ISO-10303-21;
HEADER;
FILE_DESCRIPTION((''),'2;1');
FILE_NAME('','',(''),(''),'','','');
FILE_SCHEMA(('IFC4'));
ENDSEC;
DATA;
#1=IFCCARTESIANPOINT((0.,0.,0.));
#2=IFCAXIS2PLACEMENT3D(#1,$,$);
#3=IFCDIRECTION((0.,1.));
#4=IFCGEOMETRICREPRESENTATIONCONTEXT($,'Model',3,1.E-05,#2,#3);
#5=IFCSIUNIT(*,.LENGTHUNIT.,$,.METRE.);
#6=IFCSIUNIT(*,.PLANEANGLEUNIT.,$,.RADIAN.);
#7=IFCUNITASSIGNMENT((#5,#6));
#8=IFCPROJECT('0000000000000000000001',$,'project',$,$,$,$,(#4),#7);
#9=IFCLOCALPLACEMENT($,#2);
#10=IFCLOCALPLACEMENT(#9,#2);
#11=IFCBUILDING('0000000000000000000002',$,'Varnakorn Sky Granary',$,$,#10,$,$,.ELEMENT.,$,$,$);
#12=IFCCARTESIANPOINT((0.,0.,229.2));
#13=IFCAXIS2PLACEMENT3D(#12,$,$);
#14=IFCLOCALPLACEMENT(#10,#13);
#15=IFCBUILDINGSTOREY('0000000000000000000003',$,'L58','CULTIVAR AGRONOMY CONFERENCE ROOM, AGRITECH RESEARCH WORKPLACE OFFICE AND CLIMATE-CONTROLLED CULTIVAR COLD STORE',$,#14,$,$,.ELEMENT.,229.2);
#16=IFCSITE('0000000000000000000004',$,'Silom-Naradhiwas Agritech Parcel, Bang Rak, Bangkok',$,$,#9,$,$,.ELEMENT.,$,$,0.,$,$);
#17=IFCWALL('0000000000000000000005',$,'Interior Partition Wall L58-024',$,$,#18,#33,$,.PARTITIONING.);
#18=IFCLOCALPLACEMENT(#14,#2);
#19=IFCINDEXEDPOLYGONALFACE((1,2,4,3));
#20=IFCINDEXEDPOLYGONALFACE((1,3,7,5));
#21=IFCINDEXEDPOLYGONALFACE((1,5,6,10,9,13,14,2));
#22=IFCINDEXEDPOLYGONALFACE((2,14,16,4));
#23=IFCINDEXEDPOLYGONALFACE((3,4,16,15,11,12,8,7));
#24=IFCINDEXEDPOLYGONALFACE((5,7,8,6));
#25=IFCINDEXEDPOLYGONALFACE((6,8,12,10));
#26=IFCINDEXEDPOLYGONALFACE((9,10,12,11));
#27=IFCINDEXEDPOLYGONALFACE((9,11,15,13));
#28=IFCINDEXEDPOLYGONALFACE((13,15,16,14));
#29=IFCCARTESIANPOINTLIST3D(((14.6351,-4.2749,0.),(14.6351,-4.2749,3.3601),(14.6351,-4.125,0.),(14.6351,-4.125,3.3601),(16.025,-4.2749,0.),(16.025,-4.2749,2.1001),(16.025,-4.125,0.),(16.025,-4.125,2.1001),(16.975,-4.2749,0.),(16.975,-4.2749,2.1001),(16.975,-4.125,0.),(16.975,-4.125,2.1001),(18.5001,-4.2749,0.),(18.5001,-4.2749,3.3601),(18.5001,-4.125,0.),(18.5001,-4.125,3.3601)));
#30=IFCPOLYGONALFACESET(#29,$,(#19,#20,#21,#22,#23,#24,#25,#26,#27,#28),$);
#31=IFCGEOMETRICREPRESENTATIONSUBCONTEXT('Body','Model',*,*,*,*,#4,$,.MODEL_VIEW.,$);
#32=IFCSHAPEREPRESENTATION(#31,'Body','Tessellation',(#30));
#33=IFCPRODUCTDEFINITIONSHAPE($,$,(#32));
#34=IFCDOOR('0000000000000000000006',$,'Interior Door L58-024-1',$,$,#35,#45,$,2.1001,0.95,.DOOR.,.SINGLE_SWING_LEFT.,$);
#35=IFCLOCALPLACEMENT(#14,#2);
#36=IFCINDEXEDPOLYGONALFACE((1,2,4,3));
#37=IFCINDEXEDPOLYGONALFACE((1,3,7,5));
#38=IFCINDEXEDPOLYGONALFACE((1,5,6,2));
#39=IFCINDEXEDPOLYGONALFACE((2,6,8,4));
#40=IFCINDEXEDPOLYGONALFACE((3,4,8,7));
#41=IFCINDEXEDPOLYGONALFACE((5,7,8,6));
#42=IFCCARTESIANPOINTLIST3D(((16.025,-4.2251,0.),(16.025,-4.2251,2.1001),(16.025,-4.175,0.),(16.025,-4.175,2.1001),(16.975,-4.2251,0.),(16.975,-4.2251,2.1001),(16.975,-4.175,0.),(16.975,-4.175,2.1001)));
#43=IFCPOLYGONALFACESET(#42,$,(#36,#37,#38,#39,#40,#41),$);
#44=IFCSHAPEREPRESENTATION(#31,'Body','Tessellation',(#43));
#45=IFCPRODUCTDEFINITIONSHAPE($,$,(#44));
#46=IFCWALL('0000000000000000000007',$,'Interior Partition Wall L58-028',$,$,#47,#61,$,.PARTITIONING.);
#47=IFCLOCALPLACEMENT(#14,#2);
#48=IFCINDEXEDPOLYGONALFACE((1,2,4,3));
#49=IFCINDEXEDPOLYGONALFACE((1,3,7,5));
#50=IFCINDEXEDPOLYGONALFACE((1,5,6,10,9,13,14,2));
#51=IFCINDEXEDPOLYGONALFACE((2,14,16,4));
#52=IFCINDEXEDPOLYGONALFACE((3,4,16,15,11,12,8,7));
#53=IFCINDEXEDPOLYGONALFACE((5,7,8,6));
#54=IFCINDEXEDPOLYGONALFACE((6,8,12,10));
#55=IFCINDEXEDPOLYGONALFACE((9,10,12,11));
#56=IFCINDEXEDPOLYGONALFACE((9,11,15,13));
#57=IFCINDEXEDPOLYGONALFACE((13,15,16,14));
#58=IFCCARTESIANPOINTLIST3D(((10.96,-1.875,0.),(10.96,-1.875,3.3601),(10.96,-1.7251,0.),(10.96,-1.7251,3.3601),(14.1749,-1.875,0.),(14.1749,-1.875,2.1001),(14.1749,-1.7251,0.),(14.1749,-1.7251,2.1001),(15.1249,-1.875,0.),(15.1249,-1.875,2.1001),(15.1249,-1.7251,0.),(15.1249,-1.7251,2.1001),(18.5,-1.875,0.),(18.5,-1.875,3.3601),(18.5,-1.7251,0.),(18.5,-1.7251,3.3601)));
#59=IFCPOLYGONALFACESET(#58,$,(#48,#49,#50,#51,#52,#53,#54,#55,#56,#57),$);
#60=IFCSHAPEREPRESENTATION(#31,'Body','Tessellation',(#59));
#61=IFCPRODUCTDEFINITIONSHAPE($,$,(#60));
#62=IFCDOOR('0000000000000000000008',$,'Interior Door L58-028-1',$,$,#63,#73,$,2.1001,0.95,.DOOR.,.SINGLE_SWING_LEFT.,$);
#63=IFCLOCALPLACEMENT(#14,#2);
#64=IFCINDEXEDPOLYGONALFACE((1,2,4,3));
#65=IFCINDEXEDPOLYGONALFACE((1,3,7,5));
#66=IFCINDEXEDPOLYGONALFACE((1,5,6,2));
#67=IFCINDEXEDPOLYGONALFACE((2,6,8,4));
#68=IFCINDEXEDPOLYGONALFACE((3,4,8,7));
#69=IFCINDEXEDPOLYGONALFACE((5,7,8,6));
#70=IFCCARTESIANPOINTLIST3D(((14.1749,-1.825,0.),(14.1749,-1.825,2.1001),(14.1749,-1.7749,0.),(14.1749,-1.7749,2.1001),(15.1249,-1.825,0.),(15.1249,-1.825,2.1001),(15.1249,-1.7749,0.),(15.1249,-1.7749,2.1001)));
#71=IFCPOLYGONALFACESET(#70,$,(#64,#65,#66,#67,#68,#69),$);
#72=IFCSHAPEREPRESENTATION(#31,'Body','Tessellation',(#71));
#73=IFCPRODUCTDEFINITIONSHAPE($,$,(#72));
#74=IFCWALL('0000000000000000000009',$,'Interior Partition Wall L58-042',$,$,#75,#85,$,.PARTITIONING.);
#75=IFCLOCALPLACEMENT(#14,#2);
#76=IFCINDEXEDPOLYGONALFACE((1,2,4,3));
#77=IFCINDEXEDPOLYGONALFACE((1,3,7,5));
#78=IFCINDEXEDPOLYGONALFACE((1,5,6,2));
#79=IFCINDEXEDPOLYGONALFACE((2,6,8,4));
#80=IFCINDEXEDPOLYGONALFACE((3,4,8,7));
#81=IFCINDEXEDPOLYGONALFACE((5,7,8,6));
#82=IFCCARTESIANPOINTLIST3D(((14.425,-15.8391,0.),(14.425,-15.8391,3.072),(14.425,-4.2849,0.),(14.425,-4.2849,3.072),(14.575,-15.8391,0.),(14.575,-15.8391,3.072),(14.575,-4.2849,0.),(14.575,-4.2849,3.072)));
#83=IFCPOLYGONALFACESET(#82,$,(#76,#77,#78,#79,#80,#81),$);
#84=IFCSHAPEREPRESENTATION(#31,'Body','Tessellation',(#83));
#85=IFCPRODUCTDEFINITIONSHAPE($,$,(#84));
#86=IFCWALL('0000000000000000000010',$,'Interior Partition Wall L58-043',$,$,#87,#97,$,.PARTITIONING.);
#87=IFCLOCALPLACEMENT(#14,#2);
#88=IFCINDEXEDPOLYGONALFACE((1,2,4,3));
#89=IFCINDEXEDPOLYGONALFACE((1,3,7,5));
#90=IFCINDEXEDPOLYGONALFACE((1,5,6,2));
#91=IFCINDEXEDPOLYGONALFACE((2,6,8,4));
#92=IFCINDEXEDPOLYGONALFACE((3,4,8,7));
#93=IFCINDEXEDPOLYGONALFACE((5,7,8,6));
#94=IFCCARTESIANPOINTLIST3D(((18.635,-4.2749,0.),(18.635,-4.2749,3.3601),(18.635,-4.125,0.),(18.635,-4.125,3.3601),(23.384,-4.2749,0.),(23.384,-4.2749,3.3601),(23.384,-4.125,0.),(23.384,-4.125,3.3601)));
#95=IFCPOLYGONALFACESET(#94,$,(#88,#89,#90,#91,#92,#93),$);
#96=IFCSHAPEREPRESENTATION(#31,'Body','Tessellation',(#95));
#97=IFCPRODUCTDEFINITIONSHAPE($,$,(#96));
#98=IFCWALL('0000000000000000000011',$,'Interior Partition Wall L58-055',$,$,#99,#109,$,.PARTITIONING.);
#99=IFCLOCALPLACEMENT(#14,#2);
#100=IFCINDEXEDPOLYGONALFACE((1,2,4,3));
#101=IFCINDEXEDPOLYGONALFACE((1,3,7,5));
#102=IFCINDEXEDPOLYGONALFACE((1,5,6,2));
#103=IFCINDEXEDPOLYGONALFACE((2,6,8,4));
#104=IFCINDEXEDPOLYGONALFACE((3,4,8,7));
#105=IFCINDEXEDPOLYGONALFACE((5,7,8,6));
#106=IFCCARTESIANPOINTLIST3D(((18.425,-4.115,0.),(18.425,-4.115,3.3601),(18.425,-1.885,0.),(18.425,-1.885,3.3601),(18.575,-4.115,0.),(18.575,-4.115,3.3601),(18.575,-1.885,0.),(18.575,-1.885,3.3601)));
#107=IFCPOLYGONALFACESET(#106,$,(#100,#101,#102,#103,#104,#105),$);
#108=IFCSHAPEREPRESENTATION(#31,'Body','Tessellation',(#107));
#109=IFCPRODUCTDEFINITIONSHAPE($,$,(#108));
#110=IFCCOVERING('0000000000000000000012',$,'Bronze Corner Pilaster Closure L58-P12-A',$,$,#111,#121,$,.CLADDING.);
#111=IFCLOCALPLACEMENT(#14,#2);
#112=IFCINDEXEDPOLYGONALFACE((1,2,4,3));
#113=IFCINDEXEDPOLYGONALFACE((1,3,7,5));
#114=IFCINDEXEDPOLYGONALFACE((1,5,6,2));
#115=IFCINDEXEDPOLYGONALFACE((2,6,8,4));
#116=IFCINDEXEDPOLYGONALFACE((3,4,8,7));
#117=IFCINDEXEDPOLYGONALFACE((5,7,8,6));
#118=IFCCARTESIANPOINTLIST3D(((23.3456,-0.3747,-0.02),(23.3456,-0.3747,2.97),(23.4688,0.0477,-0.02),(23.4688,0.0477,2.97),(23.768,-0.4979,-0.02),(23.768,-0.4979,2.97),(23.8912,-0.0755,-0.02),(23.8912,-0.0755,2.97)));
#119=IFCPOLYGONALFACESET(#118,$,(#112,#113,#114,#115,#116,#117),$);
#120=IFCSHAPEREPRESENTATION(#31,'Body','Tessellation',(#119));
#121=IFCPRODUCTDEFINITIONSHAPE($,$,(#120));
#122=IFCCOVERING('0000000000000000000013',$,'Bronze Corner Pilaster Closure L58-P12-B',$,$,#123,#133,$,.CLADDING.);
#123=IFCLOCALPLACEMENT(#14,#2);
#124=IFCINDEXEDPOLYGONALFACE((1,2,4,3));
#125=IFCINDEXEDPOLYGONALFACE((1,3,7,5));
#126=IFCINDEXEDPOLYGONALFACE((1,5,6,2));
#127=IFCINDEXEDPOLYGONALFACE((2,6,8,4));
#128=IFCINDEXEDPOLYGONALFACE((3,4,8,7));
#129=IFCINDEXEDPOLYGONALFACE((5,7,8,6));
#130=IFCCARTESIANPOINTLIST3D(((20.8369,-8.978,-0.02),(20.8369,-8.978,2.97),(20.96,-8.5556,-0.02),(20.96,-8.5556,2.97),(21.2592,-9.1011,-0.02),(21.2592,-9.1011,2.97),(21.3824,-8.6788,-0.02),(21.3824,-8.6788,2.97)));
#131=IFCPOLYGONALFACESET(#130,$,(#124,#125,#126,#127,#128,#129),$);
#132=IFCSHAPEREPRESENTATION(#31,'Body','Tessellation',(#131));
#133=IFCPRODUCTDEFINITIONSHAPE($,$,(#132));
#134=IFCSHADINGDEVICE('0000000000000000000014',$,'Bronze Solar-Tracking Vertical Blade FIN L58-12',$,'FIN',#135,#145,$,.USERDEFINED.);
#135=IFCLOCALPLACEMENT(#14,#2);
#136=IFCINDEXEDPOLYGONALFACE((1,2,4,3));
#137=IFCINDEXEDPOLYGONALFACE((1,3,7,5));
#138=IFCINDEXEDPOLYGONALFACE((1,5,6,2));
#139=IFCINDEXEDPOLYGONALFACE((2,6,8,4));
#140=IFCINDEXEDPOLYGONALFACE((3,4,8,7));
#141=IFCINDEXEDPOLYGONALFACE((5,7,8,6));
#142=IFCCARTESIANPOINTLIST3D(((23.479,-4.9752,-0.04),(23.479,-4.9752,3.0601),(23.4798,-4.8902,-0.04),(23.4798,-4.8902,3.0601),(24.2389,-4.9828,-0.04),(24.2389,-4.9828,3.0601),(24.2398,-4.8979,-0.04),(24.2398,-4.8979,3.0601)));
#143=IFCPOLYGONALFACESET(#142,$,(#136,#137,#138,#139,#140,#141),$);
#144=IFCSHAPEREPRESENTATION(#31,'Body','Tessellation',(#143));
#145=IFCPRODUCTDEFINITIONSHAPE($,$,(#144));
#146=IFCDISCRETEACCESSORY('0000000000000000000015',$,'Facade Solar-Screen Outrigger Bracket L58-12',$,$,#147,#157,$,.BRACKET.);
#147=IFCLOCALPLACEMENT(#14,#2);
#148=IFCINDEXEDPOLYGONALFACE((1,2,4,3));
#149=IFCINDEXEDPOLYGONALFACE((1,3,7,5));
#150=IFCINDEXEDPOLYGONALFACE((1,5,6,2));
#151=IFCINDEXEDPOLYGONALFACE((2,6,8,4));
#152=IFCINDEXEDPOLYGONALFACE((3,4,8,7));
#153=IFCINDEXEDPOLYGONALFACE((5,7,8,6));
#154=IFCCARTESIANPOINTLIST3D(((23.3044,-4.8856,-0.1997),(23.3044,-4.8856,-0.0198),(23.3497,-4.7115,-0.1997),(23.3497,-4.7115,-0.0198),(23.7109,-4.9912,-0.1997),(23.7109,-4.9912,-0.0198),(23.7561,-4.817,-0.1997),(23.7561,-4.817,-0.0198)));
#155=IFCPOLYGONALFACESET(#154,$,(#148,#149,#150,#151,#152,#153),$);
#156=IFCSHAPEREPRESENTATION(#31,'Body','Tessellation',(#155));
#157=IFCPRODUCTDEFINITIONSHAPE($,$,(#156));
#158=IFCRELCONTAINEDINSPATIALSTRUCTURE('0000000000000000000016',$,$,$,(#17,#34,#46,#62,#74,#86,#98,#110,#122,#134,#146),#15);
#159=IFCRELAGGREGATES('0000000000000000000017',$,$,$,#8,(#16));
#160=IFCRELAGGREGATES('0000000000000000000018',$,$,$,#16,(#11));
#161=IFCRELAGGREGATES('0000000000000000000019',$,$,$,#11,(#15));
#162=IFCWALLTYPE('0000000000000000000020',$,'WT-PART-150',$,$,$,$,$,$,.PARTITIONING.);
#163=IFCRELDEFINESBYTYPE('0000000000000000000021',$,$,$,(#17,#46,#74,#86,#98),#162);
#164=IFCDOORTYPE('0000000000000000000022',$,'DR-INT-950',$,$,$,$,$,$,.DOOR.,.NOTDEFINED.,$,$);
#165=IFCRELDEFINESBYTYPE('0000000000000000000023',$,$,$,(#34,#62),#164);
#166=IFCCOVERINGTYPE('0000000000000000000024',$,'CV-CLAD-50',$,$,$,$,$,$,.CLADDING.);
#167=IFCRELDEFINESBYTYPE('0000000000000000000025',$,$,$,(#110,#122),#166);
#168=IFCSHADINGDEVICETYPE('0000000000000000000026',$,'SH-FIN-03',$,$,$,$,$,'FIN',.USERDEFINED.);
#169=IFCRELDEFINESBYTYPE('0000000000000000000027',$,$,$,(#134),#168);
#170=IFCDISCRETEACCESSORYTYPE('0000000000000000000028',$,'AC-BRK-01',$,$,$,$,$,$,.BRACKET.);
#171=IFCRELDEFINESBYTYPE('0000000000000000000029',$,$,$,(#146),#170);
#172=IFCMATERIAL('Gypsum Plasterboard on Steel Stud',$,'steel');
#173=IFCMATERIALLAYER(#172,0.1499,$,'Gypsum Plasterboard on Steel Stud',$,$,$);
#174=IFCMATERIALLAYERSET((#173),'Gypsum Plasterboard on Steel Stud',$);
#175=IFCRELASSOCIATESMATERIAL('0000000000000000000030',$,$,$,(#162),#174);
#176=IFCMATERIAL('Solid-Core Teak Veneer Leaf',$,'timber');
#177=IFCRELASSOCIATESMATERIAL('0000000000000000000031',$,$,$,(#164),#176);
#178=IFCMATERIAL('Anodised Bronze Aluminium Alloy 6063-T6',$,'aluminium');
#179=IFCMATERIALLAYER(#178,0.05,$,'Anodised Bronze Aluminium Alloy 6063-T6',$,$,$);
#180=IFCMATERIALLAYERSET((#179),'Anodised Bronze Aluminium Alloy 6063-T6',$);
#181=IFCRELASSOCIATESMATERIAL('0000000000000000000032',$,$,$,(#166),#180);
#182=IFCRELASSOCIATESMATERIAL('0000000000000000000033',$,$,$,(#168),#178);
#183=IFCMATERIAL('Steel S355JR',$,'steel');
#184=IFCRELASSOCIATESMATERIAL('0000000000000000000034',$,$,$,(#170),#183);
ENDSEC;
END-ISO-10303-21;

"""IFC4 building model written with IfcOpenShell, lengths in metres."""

from ifc_helpers import new_model, si_unit, direction, frame, frame_2d, origin, origin_2d, place, context, subcontext, project, spatial, rectangle, extrude, source, transform, mapped, material, layer, layer_set, type_object, type_shapes, element, fill, save


model = new_model("IFC4")

# Units and contexts
model_context = context("Model", 3, precision=1e-05, world=origin(), true_north=direction((0.0, 1.0)))
body_context = subcontext(model_context, "Body", "Model", "MODEL_VIEW")
ifc_project = project(units=[si_unit("LENGTHUNIT", "METRE"), si_unit("PLANEANGLEUNIT", "RADIAN")], contexts=[model_context])

# Site, building, storey
site_placement = place(None, origin())
site = spatial("IfcSite", under=ifc_project, at=site_placement, Name="Silom-Naradhiwas Agritech Parcel, Bang Rak, Bangkok", CompositionType="ELEMENT", RefElevation=0.0)
building_placement = place(site_placement, origin())
building = spatial("IfcBuilding", under=site, at=building_placement, Name="Varnakorn Sky Granary", CompositionType="ELEMENT")
storey_placement = place(building_placement, frame((0.0, 0.0, 229.2)))
storey = spatial("IfcBuildingStorey", under=building, at=storey_placement, Name="L58", Description="CULTIVAR AGRONOMY CONFERENCE ROOM, AGRITECH RESEARCH WORKPLACE OFFICE AND CLIMATE-CONTROLLED CULTIVAR COLD STORE", CompositionType="ELEMENT", Elevation=229.2)

# Shared definitions
ifc_material_1 = material(Name="Steel S355JR", Category="steel")

# Shared definitions
ifc_material_2 = material(Name="Anodised Bronze Aluminium Alloy 6063-T6", Category="aluminium")

# Walls, openings, doors
ifc_material_3 = material(Name="Gypsum Plasterboard on Steel Stud", Category="steel")
ifc_layer_1 = layer(ifc_material_3, 0.1499, Name="Gypsum Plasterboard on Steel Stud")
ifc_layer_set_1 = layer_set([ifc_layer_1], Name="Gypsum Plasterboard on Steel Stud")
wall_type_1 = type_object("IfcWallType", Name="WT-PART-150", PredefinedType="PARTITIONING", material=ifc_layer_set_1)
wall_1_placement = place(storey_placement, frame((14.635, -4.2, 0.0), z_axis=(0.0, 0.0, 1.0), x_axis=(1.0, 0.0, 0.0)))
wall_1 = element("IfcWall", 1, at=wall_1_placement, inside=storey, type_object=wall_type_1, Name="Interior Partition Wall L58-024", PredefinedType="PARTITIONING", context=body_context, shape_type="SweptSolid", body=[
    extrude(rectangle(XDim=3.865, YDim=0.1499, at=frame_2d((1.9326, 0.0))), origin(), (0.0, 0.0, 1.0), 3.3601),
])
opening_1_placement = place(wall_1_placement, frame((1.3899, 0.0, 0.0)))
opening_1 = element("IfcOpeningElement", 2, at=opening_1_placement, cuts=wall_1, PredefinedType="OPENING", context=body_context, shape_type="SweptSolid", body=[
    extrude(rectangle(XDim=0.95, YDim=2.1001, at=frame_2d((0.4751, 1.05))), frame((0.0, 0.085, 0.0), z_axis=(0.0, -1.0, 0.0), x_axis=(1.0, 0.0, 0.0)), (0.0, 0.0, 1.0), 0.1699),
])
ifc_material_4 = material(Name="Solid-Core Teak Veneer Leaf", Category="timber")
door_type = type_object("IfcDoorType", Name="DR-INT-950", OperationType="NOTDEFINED", PredefinedType="DOOR", material=ifc_material_4)
door_1_placement = place(opening_1_placement, origin())
door_1 = element("IfcDoor", 3, at=door_1_placement, inside=storey, type_object=door_type, Name="Interior Door L58-024-1", OperationType="SINGLE_SWING_LEFT", OverallHeight=2.1001, OverallWidth=0.95, PredefinedType="DOOR", context=body_context, shape_type="SweptSolid", body=[
    extrude(rectangle(XDim=0.95, YDim=2.1001, at=frame_2d((0.4751, 1.05))), frame((0.0, 0.0249, 0.0), z_axis=(0.0, -1.0, 0.0), x_axis=(1.0, 0.0, 0.0)), (0.0, 0.0, 1.0), 0.05),
])
fill(opening_1, door_1)
wall_2_placement = place(storey_placement, frame((18.5, -1.8, 0.0), z_axis=(0.0, 0.0, 1.0), x_axis=(-1.0, 0.0, 0.0)))
wall_2 = element("IfcWall", 4, at=wall_2_placement, inside=storey, type_object=wall_type_1, Name="Interior Partition Wall L58-028", PredefinedType="PARTITIONING", context=body_context, shape_type="SweptSolid", body=[
    extrude(rectangle(XDim=7.54, YDim=0.1499, at=frame_2d((3.77, 0.0))), origin(), (0.0, 0.0, 1.0), 3.3601),
])
opening_2_placement = place(wall_2_placement, frame((3.375, 0.0, 0.0)))
opening_2 = element("IfcOpeningElement", 5, at=opening_2_placement, cuts=wall_2, PredefinedType="OPENING", context=body_context, shape_type="SweptSolid", body=[
    extrude(rectangle(XDim=0.95, YDim=2.1001, at=frame_2d((0.4751, 1.05))), frame((0.0, 0.085, 0.0), z_axis=(0.0, -1.0, 0.0), x_axis=(1.0, 0.0, 0.0)), (0.0, 0.0, 1.0), 0.1699),
])
door_2_placement = place(opening_2_placement, origin())
door_2 = element("IfcDoor", 6, at=door_2_placement, inside=storey, type_object=door_type, Name="Interior Door L58-028-1", OperationType="SINGLE_SWING_LEFT", OverallHeight=2.1001, OverallWidth=0.95, PredefinedType="DOOR", context=body_context, shape_type="SweptSolid", body=[
    extrude(rectangle(XDim=0.95, YDim=2.1001, at=frame_2d((0.4751, 1.05))), frame((0.0, 0.0249, 0.0), z_axis=(0.0, -1.0, 0.0), x_axis=(1.0, 0.0, 0.0)), (0.0, 0.0, 1.0), 0.05),
])
fill(opening_2, door_2)

# Walls
wall_3_placement = place(storey_placement, frame((14.5, -4.2849, 0.0), z_axis=(0.0, 0.0, 1.0), x_axis=(0.0, -1.0, 0.0)))
element("IfcWall", 7, at=wall_3_placement, inside=storey, type_object=wall_type_1, Name="Interior Partition Wall L58-042", PredefinedType="PARTITIONING", context=body_context, shape_type="SweptSolid", body=[
    extrude(rectangle(XDim=11.5542, YDim=0.1499, at=frame_2d((5.7771, 0.0))), origin(), (0.0, 0.0, 1.0), 3.072),
])
wall_4_placement = place(storey_placement, frame((18.635, -4.2, 0.0), z_axis=(0.0, 0.0, 1.0), x_axis=(1.0, 0.0, 0.0)))
element("IfcWall", 8, at=wall_4_placement, inside=storey, type_object=wall_type_1, Name="Interior Partition Wall L58-043", PredefinedType="PARTITIONING", context=body_context, shape_type="SweptSolid", body=[
    extrude(rectangle(XDim=4.749, YDim=0.1499, at=frame_2d((2.3745, 0.0))), origin(), (0.0, 0.0, 1.0), 3.3601),
])
wall_5_placement = place(storey_placement, frame((18.5, -4.115, 0.0), z_axis=(0.0, 0.0, 1.0), x_axis=(0.0, 1.0, 0.0)))
element("IfcWall", 9, at=wall_5_placement, inside=storey, type_object=wall_type_1, Name="Interior Partition Wall L58-055", PredefinedType="PARTITIONING", context=body_context, shape_type="SweptSolid", body=[
    extrude(rectangle(XDim=2.23, YDim=0.1499, at=frame_2d((1.115, 0.0))), origin(), (0.0, 0.0, 1.0), 3.3601),
])

# Coverings
ifc_layer_2 = layer(ifc_material_2, 0.05, Name="Anodised Bronze Aluminium Alloy 6063-T6")
ifc_layer_set_2 = layer_set([ifc_layer_2], Name="Anodised Bronze Aluminium Alloy 6063-T6")
covering_type = type_object("IfcCoveringType", Name="CV-CLAD-50", PredefinedType="CLADDING", material=ifc_layer_set_2)
shared_shape_1 = source(origin(), body_context, "Body", "SweptSolid", [
    extrude(rectangle(XDim=0.4399, YDim=0.4399, at=origin_2d()), origin(), (0.0, 0.0, 1.0), 2.99),
])
type_shapes(covering_type, [shared_shape_1])
for number, where, z_axis, x_axis, name in (
    (10, (23.6184, -0.2251, -0.02), (0.0, 0.0, 1.0), (-0.279997, -0.960001, 0.0), "Bronze Corner Pilaster Closure L58-P12-A"),
    (11, (21.1096, -8.8284, -0.02), (0.0, 0.0, 1.0), (-0.279997, -0.960001, 0.0), "Bronze Corner Pilaster Closure L58-P12-B"),
):
    element("IfcCovering", number, at=place(storey_placement, frame(where, z_axis=z_axis, x_axis=x_axis)), inside=storey, type_object=covering_type, Name=name, PredefinedType="CLADDING", context=body_context, shape_type="MappedRepresentation", body=[
        mapped(shared_shape_1, transform((0.0, 0.0, 0.0), x_axis=(1.0, 0.0, 0.0), y_axis=(0.0, 1.0, 0.0), z_axis=(0.0, 0.0, 1.0), scale=1.0)),
    ])

# Shading device
shading_device_type = type_object("IfcShadingDeviceType", Name="SH-FIN-03", ElementType="FIN", PredefinedType="USERDEFINED", material=ifc_material_2)
shared_shape_2 = source(origin(), body_context, "Body", "SweptSolid", [
    extrude(rectangle(XDim=0.085, YDim=0.76, at=origin_2d()), origin(), (0.0, 0.0, 1.0), 3.1001),
])
type_shapes(shading_device_type, [shared_shape_2])
shading_device_placement = place(storey_placement, frame((23.8594, -4.9365, -0.04), z_axis=(0.0, 0.0, 1.0), x_axis=(0.010116, 0.999949, 0.0)))
element("IfcShadingDevice", 12, at=shading_device_placement, inside=storey, type_object=shading_device_type, Name="Bronze Solar-Tracking Vertical Blade FIN L58-12", ObjectType="FIN", PredefinedType="USERDEFINED", context=body_context, shape_type="MappedRepresentation", body=[
    mapped(shared_shape_2, transform((0.0, 0.0, 0.0), x_axis=(1.0, 0.0, 0.0), y_axis=(0.0, 1.0, 0.0), z_axis=(0.0, 0.0, 1.0), scale=1.0)),
])

# Discrete accessory
discrete_accessory_type = type_object("IfcDiscreteAccessoryType", Name="AC-BRK-01", PredefinedType="BRACKET", material=ifc_material_1)
shared_shape_3 = source(origin(), body_context, "Body", "SweptSolid", [
    extrude(rectangle(XDim=0.1799, YDim=0.4199, at=origin_2d()), origin(), (0.0, 0.0, 1.0), 0.1799),
])
type_shapes(discrete_accessory_type, [shared_shape_3])
discrete_accessory_placement = place(storey_placement, frame((23.5303, -4.8513, -0.1997), z_axis=(0.0, 0.0, 1.0), x_axis=(0.251357, 0.967894, 0.0)))
element("IfcDiscreteAccessory", 13, at=discrete_accessory_placement, inside=storey, type_object=discrete_accessory_type, Name="Facade Solar-Screen Outrigger Bracket L58-12", PredefinedType="BRACKET", context=body_context, shape_type="MappedRepresentation", body=[
    mapped(shared_shape_3, transform((0.0, 0.0, 0.0), x_axis=(1.0, 0.0, 0.0), y_axis=(0.0, 1.0, 0.0), z_axis=(0.0, 0.0, 1.0), scale=1.0)),
])

save(model, "model.ifc")
